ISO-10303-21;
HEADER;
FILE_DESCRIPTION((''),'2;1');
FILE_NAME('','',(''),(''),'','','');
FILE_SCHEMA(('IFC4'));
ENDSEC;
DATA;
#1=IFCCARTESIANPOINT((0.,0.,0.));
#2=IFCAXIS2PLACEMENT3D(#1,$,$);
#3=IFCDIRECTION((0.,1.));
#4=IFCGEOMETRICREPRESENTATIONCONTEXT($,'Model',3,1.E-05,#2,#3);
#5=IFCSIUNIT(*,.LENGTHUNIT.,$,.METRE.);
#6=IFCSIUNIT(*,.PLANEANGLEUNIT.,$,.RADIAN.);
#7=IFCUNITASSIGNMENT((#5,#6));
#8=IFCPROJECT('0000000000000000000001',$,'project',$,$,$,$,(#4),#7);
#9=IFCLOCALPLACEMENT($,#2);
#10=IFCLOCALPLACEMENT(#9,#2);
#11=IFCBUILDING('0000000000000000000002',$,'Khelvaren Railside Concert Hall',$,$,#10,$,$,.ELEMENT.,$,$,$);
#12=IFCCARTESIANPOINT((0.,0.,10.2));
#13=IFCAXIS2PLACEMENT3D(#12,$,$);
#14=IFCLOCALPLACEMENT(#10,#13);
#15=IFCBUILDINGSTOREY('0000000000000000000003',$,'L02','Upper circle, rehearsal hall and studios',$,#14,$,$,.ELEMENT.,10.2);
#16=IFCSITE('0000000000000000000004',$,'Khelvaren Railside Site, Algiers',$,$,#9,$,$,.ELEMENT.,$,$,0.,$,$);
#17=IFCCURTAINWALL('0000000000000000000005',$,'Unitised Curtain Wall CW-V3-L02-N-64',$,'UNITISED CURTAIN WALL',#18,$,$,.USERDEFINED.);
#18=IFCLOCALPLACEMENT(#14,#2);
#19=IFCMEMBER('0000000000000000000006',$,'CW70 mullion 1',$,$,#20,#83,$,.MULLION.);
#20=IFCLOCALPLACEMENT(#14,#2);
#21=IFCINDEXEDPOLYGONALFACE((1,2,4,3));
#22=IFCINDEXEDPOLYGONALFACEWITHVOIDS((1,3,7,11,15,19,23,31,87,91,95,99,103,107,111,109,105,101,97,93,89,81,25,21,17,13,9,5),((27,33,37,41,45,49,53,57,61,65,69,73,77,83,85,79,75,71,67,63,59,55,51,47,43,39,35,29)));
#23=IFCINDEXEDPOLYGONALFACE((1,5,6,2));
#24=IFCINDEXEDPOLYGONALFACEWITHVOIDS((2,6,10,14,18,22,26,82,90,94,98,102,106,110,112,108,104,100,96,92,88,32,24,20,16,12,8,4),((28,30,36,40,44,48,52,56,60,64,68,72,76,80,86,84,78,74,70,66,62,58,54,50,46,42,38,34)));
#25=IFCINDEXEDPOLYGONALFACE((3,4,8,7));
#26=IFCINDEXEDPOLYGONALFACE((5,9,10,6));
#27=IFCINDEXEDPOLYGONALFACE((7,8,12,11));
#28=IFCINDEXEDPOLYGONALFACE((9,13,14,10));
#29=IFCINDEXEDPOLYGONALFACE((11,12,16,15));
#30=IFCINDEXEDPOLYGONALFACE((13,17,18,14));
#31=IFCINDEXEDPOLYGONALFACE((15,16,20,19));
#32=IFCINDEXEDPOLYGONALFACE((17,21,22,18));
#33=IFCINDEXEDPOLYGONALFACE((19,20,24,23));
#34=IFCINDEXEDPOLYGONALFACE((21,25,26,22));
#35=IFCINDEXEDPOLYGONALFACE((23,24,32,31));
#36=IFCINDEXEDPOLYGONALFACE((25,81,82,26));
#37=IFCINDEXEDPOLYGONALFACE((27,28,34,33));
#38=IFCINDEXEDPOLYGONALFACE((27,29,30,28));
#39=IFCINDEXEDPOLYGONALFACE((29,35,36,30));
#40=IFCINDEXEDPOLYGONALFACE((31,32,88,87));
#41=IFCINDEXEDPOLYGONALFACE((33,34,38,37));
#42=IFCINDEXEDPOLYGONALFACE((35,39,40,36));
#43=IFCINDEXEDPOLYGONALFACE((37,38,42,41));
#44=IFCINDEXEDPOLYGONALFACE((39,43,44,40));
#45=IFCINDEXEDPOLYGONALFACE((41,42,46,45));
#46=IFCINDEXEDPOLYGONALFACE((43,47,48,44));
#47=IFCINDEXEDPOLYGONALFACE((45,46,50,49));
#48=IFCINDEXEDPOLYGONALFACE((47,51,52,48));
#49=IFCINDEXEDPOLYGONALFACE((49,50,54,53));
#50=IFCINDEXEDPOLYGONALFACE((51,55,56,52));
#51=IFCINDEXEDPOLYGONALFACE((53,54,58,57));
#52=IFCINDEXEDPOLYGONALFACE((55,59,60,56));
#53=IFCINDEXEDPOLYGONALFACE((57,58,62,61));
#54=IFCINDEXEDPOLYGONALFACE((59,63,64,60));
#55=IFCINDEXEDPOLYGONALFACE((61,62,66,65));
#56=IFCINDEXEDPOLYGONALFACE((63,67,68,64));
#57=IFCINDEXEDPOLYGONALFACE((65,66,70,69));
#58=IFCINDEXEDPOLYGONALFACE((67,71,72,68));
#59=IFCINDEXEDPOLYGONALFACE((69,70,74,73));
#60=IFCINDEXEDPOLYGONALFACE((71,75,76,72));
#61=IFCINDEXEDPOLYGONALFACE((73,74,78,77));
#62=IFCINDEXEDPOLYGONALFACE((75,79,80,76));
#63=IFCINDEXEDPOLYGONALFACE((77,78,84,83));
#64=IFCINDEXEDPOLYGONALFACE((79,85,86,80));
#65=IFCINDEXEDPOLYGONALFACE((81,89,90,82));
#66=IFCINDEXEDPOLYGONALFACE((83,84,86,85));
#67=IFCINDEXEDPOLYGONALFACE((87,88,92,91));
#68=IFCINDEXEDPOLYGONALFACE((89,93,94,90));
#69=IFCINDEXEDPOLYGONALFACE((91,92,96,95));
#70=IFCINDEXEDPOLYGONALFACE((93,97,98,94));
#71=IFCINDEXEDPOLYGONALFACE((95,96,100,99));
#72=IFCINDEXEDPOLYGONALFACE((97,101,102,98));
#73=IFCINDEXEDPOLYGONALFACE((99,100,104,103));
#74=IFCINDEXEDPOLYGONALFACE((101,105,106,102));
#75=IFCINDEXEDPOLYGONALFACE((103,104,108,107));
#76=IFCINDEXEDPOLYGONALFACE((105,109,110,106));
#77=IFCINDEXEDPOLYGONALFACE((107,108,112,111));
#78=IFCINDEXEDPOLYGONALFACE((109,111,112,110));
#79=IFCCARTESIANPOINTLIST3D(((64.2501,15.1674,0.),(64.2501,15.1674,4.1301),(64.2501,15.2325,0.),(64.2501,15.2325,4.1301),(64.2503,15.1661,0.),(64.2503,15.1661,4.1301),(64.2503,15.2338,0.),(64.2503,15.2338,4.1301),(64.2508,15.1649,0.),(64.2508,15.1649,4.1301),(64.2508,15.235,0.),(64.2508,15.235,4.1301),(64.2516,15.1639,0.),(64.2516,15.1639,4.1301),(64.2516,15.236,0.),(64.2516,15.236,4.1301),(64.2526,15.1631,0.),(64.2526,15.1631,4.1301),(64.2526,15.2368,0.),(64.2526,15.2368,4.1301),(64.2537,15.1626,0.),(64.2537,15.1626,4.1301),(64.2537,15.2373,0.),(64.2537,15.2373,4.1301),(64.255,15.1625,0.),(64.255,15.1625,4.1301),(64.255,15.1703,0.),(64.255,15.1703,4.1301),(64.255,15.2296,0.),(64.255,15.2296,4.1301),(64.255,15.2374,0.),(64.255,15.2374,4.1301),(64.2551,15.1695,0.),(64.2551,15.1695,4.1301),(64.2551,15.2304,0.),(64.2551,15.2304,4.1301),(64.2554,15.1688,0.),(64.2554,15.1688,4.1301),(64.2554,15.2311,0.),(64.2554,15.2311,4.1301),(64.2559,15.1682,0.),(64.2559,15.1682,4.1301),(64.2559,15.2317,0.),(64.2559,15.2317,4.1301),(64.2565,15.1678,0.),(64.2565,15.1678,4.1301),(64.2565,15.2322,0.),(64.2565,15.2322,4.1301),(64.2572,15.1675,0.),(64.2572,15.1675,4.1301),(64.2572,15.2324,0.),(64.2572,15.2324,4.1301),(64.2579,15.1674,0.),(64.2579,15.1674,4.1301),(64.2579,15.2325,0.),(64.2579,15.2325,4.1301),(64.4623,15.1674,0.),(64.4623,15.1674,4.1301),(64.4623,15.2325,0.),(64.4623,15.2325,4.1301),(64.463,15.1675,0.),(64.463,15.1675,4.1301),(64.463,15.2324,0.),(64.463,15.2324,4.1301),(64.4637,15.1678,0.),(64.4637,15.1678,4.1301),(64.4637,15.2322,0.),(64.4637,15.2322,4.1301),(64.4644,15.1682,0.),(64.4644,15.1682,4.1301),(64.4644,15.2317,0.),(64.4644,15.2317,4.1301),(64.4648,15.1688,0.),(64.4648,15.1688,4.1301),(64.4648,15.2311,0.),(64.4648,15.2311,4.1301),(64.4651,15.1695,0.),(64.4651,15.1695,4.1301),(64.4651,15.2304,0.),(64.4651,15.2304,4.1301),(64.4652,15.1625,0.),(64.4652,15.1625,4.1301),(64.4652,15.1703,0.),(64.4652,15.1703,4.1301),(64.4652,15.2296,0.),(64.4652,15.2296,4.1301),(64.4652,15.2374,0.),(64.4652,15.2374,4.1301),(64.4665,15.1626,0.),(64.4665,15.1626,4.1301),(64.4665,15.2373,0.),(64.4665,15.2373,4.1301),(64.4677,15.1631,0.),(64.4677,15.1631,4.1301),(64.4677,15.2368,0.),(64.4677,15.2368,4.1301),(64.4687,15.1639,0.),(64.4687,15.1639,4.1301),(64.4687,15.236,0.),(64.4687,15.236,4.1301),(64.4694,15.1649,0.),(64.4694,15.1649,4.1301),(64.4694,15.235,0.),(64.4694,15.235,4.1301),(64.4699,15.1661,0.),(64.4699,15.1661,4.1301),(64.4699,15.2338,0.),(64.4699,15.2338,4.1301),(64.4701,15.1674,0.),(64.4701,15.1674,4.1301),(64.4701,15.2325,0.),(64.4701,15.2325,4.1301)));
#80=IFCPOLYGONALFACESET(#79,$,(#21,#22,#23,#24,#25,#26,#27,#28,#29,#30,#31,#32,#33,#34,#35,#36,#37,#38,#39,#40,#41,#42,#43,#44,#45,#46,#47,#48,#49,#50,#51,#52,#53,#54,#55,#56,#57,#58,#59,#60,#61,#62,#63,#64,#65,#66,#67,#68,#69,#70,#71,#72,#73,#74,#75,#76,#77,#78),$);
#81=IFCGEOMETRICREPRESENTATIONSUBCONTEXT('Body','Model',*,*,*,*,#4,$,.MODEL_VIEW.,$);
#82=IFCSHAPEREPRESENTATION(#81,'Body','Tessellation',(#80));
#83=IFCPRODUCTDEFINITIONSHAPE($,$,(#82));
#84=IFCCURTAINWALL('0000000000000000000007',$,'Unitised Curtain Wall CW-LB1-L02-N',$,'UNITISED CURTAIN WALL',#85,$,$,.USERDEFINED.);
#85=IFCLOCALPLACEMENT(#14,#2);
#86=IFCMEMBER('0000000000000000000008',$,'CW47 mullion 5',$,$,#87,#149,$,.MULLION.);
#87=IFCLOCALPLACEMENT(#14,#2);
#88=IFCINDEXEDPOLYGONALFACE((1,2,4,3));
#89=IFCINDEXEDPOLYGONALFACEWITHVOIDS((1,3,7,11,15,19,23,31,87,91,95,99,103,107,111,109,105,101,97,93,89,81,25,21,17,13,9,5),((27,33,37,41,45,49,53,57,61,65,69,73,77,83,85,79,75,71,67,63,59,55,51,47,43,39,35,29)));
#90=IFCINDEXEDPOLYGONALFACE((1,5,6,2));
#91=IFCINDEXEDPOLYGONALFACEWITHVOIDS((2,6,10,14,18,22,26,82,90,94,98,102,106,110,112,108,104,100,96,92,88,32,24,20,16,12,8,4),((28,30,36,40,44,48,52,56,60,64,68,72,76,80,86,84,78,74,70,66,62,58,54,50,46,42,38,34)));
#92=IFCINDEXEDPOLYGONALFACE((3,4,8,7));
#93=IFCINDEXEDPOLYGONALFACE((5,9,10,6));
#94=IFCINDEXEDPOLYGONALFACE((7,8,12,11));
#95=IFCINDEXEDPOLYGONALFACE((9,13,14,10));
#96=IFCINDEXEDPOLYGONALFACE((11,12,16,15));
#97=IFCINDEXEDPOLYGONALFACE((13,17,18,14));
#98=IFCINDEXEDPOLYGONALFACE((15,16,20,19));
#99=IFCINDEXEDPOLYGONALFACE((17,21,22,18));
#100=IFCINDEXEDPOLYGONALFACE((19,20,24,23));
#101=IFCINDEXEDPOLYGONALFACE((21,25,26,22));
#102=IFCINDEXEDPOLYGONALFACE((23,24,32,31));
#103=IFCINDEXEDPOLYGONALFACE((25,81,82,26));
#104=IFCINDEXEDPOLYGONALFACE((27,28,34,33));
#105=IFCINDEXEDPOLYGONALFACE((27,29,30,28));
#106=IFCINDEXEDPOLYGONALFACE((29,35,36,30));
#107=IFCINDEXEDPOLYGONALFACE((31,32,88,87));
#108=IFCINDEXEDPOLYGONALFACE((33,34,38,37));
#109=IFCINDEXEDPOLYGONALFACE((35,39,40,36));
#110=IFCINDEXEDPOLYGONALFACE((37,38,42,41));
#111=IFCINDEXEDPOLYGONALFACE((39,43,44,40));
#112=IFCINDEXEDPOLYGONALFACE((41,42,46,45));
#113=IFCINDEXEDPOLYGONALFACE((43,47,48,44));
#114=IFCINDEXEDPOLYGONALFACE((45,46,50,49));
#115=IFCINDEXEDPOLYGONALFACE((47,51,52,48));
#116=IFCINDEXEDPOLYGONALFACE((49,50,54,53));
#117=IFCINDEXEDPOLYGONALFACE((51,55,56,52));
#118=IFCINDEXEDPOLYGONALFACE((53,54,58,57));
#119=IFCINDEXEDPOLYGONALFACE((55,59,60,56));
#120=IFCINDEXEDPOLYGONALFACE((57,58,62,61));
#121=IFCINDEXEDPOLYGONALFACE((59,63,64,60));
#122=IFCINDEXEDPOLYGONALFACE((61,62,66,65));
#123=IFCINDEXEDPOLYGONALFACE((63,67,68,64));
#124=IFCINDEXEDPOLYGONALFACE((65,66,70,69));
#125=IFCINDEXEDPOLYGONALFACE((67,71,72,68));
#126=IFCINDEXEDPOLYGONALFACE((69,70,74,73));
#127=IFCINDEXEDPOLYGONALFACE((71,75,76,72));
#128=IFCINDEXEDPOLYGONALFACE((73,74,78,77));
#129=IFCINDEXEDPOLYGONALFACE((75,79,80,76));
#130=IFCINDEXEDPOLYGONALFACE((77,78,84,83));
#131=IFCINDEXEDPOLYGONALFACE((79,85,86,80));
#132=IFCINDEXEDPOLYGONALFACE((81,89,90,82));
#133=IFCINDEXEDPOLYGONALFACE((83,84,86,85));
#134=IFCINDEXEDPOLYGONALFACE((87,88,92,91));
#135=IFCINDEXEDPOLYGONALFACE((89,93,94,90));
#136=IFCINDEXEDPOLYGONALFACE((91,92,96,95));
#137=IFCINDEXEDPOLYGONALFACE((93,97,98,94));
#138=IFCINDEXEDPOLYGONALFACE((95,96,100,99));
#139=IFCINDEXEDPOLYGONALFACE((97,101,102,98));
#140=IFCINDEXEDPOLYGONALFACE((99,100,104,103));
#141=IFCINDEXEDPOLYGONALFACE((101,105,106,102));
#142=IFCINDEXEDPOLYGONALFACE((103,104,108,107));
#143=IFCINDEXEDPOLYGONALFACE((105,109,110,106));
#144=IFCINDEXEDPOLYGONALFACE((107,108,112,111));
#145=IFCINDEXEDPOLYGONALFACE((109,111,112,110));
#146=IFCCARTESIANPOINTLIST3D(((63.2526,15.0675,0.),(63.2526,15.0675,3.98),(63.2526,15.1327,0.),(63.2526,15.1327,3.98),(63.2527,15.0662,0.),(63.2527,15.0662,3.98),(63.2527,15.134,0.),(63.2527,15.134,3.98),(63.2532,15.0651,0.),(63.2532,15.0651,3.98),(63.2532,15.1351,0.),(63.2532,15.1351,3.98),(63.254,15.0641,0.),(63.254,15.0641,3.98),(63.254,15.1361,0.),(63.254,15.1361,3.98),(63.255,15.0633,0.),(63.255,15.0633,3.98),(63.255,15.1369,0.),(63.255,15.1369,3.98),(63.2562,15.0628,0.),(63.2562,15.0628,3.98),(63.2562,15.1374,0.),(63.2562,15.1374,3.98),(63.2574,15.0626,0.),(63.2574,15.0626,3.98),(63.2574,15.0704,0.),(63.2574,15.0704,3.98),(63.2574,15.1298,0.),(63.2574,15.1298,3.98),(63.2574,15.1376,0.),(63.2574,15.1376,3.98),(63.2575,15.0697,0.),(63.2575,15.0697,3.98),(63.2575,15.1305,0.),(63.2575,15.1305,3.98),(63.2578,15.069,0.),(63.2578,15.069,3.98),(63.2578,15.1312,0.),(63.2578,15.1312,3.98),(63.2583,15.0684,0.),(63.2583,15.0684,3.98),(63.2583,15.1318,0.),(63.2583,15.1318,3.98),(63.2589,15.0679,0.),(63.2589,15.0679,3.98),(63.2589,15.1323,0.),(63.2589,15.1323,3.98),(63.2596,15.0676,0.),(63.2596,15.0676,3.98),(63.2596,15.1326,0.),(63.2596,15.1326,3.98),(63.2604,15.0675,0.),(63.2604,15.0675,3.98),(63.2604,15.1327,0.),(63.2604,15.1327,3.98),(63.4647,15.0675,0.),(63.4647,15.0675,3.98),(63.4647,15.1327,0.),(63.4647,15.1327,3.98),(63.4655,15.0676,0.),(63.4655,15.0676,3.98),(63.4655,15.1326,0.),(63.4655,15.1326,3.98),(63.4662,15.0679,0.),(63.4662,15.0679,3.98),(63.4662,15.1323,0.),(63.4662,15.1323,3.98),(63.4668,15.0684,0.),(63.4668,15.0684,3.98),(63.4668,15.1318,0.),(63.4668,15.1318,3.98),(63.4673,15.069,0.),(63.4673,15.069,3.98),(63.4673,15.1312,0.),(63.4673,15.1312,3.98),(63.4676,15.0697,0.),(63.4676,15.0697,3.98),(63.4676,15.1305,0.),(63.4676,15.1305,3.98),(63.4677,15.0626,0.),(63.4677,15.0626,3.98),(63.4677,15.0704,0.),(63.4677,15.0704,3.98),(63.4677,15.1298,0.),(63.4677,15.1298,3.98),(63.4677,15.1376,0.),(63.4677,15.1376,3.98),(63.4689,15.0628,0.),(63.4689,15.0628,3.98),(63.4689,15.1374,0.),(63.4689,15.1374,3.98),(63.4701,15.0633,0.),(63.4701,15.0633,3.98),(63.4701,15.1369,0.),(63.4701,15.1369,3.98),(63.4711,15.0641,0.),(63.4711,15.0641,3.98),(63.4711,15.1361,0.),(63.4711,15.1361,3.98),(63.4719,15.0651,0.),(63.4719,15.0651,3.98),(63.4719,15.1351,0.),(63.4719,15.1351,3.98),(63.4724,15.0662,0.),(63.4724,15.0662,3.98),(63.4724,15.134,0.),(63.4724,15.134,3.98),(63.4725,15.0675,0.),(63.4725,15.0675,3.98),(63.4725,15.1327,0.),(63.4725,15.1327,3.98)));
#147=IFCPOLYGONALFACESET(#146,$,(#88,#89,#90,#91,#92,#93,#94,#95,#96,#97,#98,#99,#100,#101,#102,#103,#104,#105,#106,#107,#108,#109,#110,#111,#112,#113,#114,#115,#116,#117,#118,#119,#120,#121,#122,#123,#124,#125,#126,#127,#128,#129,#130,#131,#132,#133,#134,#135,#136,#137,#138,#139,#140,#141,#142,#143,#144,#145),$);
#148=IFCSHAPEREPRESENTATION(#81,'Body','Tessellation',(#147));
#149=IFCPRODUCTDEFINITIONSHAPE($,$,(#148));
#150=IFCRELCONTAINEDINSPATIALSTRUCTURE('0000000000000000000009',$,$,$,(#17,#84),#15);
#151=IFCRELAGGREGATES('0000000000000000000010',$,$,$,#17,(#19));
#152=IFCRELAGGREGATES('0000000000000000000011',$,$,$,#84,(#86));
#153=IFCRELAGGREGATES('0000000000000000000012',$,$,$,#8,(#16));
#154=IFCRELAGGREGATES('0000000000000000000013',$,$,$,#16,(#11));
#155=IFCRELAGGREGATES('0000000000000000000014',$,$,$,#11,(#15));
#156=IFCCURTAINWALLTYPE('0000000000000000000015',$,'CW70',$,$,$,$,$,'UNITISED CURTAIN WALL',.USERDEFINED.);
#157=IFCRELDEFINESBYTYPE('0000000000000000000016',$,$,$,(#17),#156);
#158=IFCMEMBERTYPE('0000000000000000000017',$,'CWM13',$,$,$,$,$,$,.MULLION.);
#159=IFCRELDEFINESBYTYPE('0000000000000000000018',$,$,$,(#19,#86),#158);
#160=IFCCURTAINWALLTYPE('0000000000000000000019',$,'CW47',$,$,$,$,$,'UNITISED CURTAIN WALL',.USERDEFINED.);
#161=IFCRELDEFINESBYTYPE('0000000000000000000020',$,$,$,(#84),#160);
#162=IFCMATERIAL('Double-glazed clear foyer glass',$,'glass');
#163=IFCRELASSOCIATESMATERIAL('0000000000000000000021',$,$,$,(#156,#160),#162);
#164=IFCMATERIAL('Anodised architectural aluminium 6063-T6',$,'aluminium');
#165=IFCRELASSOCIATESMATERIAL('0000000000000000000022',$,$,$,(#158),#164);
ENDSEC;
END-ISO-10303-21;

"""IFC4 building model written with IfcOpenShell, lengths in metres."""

from ifc_helpers import new_model, si_unit, direction, frame, origin, origin_2d, place, context, subcontext, project, spatial, hollow_rectangle, extrude, material, material_profile, profile_set, type_object, element, aggregate, save


model = new_model("IFC4")

# Units and contexts
model_context = context("Model", 3, precision=1e-05, world=origin(), true_north=direction((0.0, 1.0)))
body_context = subcontext(model_context, "Body", "Model", "MODEL_VIEW")
ifc_project = project(units=[si_unit("LENGTHUNIT", "METRE"), si_unit("PLANEANGLEUNIT", "RADIAN")], contexts=[model_context])

# Site, building, storey
site_placement = place(None, origin())
site = spatial("IfcSite", under=ifc_project, at=site_placement, Name="Khelvaren Railside Site, Algiers", CompositionType="ELEMENT", RefElevation=0.0)
building_placement = place(site_placement, origin())
building = spatial("IfcBuilding", under=site, at=building_placement, Name="Khelvaren Railside Concert Hall", CompositionType="ELEMENT")
storey_placement = place(building_placement, frame((0.0, 0.0, 10.2)))
storey = spatial("IfcBuildingStorey", under=building, at=storey_placement, Name="L02", Description="Upper circle, rehearsal hall and studios", CompositionType="ELEMENT", Elevation=10.2)

# Curtain walls, members
ifc_material_1 = material(Name="Double-glazed clear foyer glass", Category="glass")
curtain_wall_type_1 = type_object("IfcCurtainWallType", Name="CW70", ElementType="UNITISED CURTAIN WALL", PredefinedType="USERDEFINED", material=ifc_material_1)
curtain_wall_1_placement = place(storey_placement, origin())
curtain_wall_1 = element("IfcCurtainWall", 1, at=curtain_wall_1_placement, inside=storey, type_object=curtain_wall_type_1, Name="Unitised Curtain Wall CW-V3-L02-N-64", ObjectType="UNITISED CURTAIN WALL", PredefinedType="USERDEFINED")
ifc_material_2 = material(Name="Anodised architectural aluminium 6063-T6", Category="aluminium")
ifc_material_profile_1 = material_profile(ifc_material_2, hollow_rectangle(XDim=0.075, YDim=0.22, WallThickness=0.0049, InnerFilletRadius=0.0029, OuterFilletRadius=0.0049, at=origin_2d()), Name="CWM 75x220x5")
ifc_profile_set_1 = profile_set([ifc_material_profile_1], Name="Anodised architectural aluminium 6063-T6")
member_type_1 = type_object("IfcMemberType", Name="CWM13", PredefinedType="MULLION", material=ifc_profile_set_1)
member_1_placement = place(storey_placement, frame((64.3601, 15.2, 0.0), z_axis=(0.0, 0.0, 1.0), x_axis=(0.0, 1.0, 0.0)))
member_1 = element("IfcMember", 2, at=member_1_placement, type_object=member_type_1, Name="CW70 mullion 1", PredefinedType="MULLION", context=body_context, shape_type="SweptSolid", body=[
    extrude(hollow_rectangle(XDim=0.075, YDim=0.22, WallThickness=0.0049, InnerFilletRadius=0.0029, OuterFilletRadius=0.0049, at=origin_2d()), origin(), (0.0, 0.0, 1.0), 4.1301),
])
curtain_wall_type_2 = type_object("IfcCurtainWallType", Name="CW47", ElementType="UNITISED CURTAIN WALL", PredefinedType="USERDEFINED", material=ifc_material_1)
curtain_wall_2_placement = place(storey_placement, origin())
curtain_wall_2 = element("IfcCurtainWall", 3, at=curtain_wall_2_placement, inside=storey, type_object=curtain_wall_type_2, Name="Unitised Curtain Wall CW-LB1-L02-N", ObjectType="UNITISED CURTAIN WALL", PredefinedType="USERDEFINED")
member_2_placement = place(storey_placement, frame((63.3625, 15.1001, 0.0), z_axis=(0.0, 0.0, 1.0), x_axis=(0.0, 1.0, 0.0)))
member_2 = element("IfcMember", 4, at=member_2_placement, type_object=member_type_1, Name="CW47 mullion 5", PredefinedType="MULLION", context=body_context, shape_type="SweptSolid", body=[
    extrude(hollow_rectangle(XDim=0.075, YDim=0.22, WallThickness=0.0049, InnerFilletRadius=0.0029, OuterFilletRadius=0.0049, at=origin_2d()), origin(), (0.0, 0.0, 1.0), 3.98),
])

aggregate(curtain_wall_1, [member_1])

aggregate(curtain_wall_2, [member_2])

save(model, "model.ifc")
